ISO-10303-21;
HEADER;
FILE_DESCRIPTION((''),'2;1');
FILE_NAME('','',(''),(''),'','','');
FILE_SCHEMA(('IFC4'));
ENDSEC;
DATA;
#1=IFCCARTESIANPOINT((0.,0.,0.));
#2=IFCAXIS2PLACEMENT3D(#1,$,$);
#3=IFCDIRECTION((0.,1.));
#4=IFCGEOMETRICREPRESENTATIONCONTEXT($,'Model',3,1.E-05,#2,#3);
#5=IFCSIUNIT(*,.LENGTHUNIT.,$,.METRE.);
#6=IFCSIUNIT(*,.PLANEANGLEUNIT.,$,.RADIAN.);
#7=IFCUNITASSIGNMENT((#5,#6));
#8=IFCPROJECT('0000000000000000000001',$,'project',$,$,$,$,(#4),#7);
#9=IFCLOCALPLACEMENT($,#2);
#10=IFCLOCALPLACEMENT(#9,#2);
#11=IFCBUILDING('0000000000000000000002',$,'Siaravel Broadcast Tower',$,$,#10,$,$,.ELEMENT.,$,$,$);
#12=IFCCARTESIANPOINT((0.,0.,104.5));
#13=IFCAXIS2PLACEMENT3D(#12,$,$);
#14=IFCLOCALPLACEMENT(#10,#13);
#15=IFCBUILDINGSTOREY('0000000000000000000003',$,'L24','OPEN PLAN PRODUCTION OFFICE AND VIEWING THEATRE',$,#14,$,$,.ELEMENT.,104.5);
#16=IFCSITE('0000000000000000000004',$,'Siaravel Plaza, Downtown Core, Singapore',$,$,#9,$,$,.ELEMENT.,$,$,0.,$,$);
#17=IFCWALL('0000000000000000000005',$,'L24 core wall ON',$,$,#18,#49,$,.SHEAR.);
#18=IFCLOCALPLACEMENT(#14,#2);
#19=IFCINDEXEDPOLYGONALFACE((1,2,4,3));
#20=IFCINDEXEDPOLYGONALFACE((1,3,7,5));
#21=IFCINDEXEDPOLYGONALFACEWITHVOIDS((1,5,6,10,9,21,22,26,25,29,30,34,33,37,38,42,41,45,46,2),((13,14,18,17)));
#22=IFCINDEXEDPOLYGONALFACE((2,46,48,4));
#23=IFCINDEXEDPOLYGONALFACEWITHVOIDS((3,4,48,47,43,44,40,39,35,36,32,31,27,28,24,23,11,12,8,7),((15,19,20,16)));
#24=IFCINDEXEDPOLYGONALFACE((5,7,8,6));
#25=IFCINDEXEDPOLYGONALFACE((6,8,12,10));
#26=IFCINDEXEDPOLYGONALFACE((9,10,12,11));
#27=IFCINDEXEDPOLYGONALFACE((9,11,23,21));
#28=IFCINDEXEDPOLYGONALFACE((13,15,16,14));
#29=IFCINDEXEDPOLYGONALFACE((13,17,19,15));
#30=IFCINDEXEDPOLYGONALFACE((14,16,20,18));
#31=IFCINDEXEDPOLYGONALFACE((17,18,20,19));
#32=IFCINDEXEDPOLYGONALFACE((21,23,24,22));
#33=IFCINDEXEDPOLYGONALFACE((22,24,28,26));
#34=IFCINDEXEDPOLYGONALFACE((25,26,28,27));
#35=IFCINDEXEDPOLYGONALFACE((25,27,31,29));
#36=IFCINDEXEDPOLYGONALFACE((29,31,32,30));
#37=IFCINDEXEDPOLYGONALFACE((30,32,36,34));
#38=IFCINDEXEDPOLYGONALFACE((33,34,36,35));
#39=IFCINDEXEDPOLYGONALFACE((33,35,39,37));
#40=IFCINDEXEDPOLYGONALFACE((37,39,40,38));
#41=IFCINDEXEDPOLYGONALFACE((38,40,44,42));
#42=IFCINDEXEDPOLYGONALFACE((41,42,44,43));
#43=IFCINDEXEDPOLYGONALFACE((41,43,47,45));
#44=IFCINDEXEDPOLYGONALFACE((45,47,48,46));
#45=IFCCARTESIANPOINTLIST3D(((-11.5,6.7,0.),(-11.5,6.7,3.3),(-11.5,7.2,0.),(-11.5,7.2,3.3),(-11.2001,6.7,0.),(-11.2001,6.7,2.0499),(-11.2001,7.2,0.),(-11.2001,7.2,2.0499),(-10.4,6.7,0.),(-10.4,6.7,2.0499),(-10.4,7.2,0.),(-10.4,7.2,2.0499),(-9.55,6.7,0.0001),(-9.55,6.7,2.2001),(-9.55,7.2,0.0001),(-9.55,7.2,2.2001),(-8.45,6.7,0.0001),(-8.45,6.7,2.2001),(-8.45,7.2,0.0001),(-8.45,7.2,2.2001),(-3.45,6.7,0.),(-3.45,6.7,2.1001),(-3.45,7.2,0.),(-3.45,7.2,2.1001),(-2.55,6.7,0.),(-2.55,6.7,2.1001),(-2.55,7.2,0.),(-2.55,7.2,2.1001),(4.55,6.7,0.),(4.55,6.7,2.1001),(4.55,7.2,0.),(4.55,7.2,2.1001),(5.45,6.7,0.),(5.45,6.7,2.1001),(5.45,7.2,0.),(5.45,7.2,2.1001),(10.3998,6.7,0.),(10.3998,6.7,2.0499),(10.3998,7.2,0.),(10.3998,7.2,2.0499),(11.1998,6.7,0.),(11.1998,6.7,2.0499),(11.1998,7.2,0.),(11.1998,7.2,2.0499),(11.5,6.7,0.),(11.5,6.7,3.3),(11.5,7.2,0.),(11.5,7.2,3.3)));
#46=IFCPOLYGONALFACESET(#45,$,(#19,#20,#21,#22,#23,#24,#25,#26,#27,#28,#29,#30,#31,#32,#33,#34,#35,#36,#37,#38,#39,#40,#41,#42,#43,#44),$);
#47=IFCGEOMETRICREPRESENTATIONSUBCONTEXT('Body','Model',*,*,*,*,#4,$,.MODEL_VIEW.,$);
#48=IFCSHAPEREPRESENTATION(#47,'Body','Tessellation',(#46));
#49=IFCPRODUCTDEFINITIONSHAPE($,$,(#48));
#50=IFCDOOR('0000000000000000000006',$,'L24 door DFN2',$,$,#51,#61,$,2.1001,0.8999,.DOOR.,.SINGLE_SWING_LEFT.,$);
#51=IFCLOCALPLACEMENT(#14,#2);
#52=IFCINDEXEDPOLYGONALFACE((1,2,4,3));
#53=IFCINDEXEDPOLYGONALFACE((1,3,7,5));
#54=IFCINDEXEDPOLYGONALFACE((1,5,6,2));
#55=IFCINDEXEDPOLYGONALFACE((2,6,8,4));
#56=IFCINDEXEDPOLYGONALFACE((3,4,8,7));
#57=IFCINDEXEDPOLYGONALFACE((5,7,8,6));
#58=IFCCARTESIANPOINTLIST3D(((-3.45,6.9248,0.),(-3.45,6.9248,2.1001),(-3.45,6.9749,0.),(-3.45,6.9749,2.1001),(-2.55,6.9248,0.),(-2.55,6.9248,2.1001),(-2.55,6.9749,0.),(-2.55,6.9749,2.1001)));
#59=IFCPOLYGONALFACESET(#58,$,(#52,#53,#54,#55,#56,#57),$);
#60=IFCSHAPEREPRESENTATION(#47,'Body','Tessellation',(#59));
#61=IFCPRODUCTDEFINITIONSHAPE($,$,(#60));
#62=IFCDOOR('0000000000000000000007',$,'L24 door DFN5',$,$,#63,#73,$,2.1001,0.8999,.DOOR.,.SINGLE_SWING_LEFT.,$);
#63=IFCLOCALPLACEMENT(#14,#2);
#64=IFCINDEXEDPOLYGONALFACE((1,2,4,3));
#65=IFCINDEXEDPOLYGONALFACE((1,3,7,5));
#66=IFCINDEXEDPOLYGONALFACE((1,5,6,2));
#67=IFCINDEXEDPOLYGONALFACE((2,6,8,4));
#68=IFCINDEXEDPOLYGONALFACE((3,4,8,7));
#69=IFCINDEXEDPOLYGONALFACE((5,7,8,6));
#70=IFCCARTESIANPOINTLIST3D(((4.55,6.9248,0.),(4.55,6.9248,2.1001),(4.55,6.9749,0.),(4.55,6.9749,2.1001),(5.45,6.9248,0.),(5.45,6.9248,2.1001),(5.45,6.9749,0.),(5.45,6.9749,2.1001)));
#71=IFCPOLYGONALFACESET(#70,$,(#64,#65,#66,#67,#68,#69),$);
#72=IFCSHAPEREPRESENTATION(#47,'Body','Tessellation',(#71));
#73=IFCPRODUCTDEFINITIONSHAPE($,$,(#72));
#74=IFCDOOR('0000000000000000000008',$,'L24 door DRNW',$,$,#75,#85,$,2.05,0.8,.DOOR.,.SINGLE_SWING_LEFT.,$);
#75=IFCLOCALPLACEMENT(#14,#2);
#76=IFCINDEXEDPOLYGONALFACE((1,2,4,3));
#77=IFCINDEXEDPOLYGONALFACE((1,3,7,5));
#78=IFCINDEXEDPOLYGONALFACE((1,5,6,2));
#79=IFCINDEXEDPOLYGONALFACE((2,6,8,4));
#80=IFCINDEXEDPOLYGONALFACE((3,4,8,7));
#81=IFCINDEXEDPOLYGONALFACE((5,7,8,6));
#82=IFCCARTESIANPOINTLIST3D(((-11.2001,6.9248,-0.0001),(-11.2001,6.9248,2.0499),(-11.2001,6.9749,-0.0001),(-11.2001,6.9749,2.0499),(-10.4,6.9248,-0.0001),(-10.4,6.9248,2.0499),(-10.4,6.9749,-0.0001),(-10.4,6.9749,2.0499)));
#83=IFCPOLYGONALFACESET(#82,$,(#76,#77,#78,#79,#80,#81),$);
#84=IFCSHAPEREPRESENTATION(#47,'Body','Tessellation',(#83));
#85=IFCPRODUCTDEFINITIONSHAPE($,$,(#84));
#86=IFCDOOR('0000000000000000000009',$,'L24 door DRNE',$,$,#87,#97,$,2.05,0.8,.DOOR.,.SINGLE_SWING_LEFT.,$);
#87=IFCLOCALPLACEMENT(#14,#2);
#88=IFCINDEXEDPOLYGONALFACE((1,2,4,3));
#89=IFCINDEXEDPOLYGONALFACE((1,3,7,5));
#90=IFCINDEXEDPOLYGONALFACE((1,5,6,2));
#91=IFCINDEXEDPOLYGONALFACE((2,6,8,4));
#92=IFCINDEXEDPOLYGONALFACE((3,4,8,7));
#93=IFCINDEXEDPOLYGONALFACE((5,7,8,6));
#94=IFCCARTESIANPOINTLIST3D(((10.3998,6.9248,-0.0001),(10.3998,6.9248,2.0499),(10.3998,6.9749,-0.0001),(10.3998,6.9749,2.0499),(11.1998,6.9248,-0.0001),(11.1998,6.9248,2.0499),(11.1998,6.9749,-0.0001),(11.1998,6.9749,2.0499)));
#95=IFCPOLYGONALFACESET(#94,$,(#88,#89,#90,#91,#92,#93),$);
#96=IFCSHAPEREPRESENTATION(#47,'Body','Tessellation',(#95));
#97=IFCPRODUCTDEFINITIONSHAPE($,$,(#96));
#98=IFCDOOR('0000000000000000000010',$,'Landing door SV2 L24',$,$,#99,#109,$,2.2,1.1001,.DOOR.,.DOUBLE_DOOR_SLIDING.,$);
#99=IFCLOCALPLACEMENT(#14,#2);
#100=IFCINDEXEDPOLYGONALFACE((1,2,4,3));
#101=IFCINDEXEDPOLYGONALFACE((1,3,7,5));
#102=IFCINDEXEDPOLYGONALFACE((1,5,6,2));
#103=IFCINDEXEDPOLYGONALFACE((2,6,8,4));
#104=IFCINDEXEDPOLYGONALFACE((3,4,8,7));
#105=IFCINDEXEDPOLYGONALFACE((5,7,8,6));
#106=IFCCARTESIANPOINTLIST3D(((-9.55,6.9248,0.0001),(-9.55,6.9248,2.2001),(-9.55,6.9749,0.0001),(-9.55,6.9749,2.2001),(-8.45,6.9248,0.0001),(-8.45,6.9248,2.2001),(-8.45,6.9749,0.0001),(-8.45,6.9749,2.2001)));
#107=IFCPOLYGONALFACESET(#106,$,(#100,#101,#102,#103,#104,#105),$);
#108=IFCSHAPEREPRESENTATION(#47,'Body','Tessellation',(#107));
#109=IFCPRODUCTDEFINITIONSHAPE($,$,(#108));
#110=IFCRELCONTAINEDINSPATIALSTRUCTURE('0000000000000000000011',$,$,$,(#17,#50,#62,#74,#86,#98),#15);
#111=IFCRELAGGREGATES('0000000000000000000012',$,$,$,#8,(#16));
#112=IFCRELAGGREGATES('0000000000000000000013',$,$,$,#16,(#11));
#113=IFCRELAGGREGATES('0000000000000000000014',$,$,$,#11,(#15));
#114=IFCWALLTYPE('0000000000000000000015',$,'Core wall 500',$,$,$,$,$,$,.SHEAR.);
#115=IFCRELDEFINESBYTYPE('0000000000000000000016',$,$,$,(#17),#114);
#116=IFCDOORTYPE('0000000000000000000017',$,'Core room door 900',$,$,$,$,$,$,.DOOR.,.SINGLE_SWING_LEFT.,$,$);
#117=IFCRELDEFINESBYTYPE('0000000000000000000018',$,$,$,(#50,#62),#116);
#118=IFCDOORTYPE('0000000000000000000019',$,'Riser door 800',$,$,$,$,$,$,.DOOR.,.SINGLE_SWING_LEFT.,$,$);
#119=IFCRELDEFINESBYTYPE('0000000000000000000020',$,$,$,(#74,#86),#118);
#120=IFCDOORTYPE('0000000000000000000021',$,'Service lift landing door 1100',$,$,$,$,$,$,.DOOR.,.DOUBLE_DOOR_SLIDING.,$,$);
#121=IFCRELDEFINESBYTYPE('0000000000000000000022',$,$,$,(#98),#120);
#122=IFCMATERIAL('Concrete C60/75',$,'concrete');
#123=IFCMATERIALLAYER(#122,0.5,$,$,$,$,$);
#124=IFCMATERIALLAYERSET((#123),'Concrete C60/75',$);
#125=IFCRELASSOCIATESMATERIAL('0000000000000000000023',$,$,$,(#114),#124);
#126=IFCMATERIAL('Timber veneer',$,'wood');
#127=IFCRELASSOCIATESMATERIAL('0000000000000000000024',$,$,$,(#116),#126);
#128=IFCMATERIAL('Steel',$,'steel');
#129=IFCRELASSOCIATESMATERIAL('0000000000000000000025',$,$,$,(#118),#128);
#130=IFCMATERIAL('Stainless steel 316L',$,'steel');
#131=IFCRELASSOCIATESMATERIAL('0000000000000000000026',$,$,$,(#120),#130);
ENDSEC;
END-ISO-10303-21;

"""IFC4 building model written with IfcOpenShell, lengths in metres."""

from ifc_helpers import new_model, si_unit, direction, frame, frame_2d, origin, place, context, subcontext, project, spatial, rectangle, extrude, material, layer, layer_set, type_object, element, fill, save


model = new_model("IFC4")

# Units and contexts
model_context = context("Model", 3, precision=1e-05, world=origin(), true_north=direction((0.0, 1.0)))
body_context = subcontext(model_context, "Body", "Model", "MODEL_VIEW")
ifc_project = project(units=[si_unit("LENGTHUNIT", "METRE"), si_unit("PLANEANGLEUNIT", "RADIAN")], contexts=[model_context])

# Site, building, storey
site_placement = place(None, origin())
site = spatial("IfcSite", under=ifc_project, at=site_placement, Name="Siaravel Plaza, Downtown Core, Singapore", CompositionType="ELEMENT", RefElevation=0.0)
building_placement = place(site_placement, origin())
building = spatial("IfcBuilding", under=site, at=building_placement, Name="Siaravel Broadcast Tower", CompositionType="ELEMENT")
storey_placement = place(building_placement, frame((0.0, 0.0, 104.5)))
storey = spatial("IfcBuildingStorey", under=building, at=storey_placement, Name="L24", Description="OPEN PLAN PRODUCTION OFFICE AND VIEWING THEATRE", CompositionType="ELEMENT", Elevation=104.5)

# Wall, openings, doors
ifc_material_1 = material(Name="Concrete C60/75", Category="concrete")
ifc_layer_1 = layer(ifc_material_1, 0.5)
ifc_layer_set_1 = layer_set([ifc_layer_1], Name="Concrete C60/75")
wall_type_1 = type_object("IfcWallType", Name="Core wall 500", PredefinedType="SHEAR", material=ifc_layer_set_1)
wall_1_placement = place(storey_placement, frame((-11.5, 6.95, 0.0), z_axis=(0.0, 0.0, 1.0), x_axis=(1.0, 0.0, 0.0)))
wall_1 = element("IfcWall", 1, at=wall_1_placement, inside=storey, type_object=wall_type_1, Name="L24 core wall ON", PredefinedType="SHEAR", context=body_context, shape_type="SweptSolid", body=[
    extrude(rectangle(XDim=23.0, YDim=0.5, at=frame_2d((11.5, 0.0))), origin(), (0.0, 0.0, 1.0), 3.3),
])
opening_1_placement = place(wall_1_placement, frame((1.95, 0.0, 0.0)))
opening_1 = element("IfcOpeningElement", 2, at=opening_1_placement, cuts=wall_1, PredefinedType="OPENING", context=body_context, shape_type="SweptSolid", body=[
    extrude(rectangle(XDim=1.1001, YDim=2.2, at=frame_2d((0.55, 1.1001))), frame((0.0, 0.26, 0.0), z_axis=(0.0, -1.0, 0.0), x_axis=(1.0, 0.0, 0.0)), (0.0, 0.0, 1.0), 0.52),
])
opening_2_placement = place(wall_1_placement, frame((8.05, 0.0, 0.0)))
opening_2 = element("IfcOpeningElement", 3, at=opening_2_placement, cuts=wall_1, PredefinedType="OPENING", context=body_context, shape_type="SweptSolid", body=[
    extrude(rectangle(XDim=0.8999, YDim=2.1001, at=frame_2d((0.45, 1.05))), frame((0.0, 0.26, 0.0), z_axis=(0.0, -1.0, 0.0), x_axis=(1.0, 0.0, 0.0)), (0.0, 0.0, 1.0), 0.52),
])
opening_3_placement = place(wall_1_placement, frame((16.05, 0.0, 0.0)))
opening_3 = element("IfcOpeningElement", 4, at=opening_3_placement, cuts=wall_1, PredefinedType="OPENING", context=body_context, shape_type="SweptSolid", body=[
    extrude(rectangle(XDim=0.8999, YDim=2.1001, at=frame_2d((0.45, 1.05))), frame((0.0, 0.26, 0.0), z_axis=(0.0, -1.0, 0.0), x_axis=(1.0, 0.0, 0.0)), (0.0, 0.0, 1.0), 0.52),
])
opening_4_placement = place(wall_1_placement, frame((0.3, 0.0, 0.0)))
opening_4 = element("IfcOpeningElement", 5, at=opening_4_placement, cuts=wall_1, PredefinedType="OPENING", context=body_context, shape_type="SweptSolid", body=[
    extrude(rectangle(XDim=0.8, YDim=2.05, at=frame_2d((0.3999, 1.0249))), frame((0.0, 0.26, 0.0), z_axis=(0.0, -1.0, 0.0), x_axis=(1.0, 0.0, 0.0)), (0.0, 0.0, 1.0), 0.52),
])
opening_5_placement = place(wall_1_placement, frame((21.8999, 0.0, 0.0)))
opening_5 = element("IfcOpeningElement", 6, at=opening_5_placement, cuts=wall_1, PredefinedType="OPENING", context=body_context, shape_type="SweptSolid", body=[
    extrude(rectangle(XDim=0.8, YDim=2.05, at=frame_2d((0.3999, 1.0249))), frame((0.0, 0.26, 0.0), z_axis=(0.0, -1.0, 0.0), x_axis=(1.0, 0.0, 0.0)), (0.0, 0.0, 1.0), 0.52),
])
ifc_material_2 = material(Name="Timber veneer", Category="wood")
door_type_1 = type_object("IfcDoorType", Name="Core room door 900", OperationType="SINGLE_SWING_LEFT", PredefinedType="DOOR", material=ifc_material_2)
door_1_placement = place(opening_2_placement, origin())
door_1 = element("IfcDoor", 7, at=door_1_placement, inside=storey, type_object=door_type_1, Name="L24 door DFN2", OperationType="SINGLE_SWING_LEFT", OverallHeight=2.1001, OverallWidth=0.8999, PredefinedType="DOOR", context=body_context, shape_type="SweptSolid", body=[
    extrude(rectangle(XDim=0.8999, YDim=2.1001, at=frame_2d((0.45, 1.05))), frame((0.0, 0.0249, 0.0), z_axis=(0.0, -1.0, 0.0), x_axis=(1.0, 0.0, 0.0)), (0.0, 0.0, 1.0), 0.05),
])
fill(opening_2, door_1)
door_2_placement = place(opening_3_placement, origin())
door_2 = element("IfcDoor", 8, at=door_2_placement, inside=storey, type_object=door_type_1, Name="L24 door DFN5", OperationType="SINGLE_SWING_LEFT", OverallHeight=2.1001, OverallWidth=0.8999, PredefinedType="DOOR", context=body_context, shape_type="SweptSolid", body=[
    extrude(rectangle(XDim=0.8999, YDim=2.1001, at=frame_2d((0.45, 1.05))), frame((0.0, 0.0249, 0.0), z_axis=(0.0, -1.0, 0.0), x_axis=(1.0, 0.0, 0.0)), (0.0, 0.0, 1.0), 0.05),
])
fill(opening_3, door_2)
ifc_material_3 = material(Name="Steel", Category="steel")
door_type_2 = type_object("IfcDoorType", Name="Riser door 800", OperationType="SINGLE_SWING_LEFT", PredefinedType="DOOR", material=ifc_material_3)
door_3_placement = place(opening_4_placement, origin())
door_3 = element("IfcDoor", 9, at=door_3_placement, inside=storey, type_object=door_type_2, Name="L24 door DRNW", OperationType="SINGLE_SWING_LEFT", OverallHeight=2.05, OverallWidth=0.8, PredefinedType="DOOR", context=body_context, shape_type="SweptSolid", body=[
    extrude(rectangle(XDim=0.8, YDim=2.05, at=frame_2d((0.3999, 1.0249))), frame((0.0, 0.0249, 0.0), z_axis=(0.0, -1.0, 0.0), x_axis=(1.0, 0.0, 0.0)), (0.0, 0.0, 1.0), 0.05),
])
fill(opening_4, door_3)
door_4_placement = place(opening_5_placement, origin())
door_4 = element("IfcDoor", 10, at=door_4_placement, inside=storey, type_object=door_type_2, Name="L24 door DRNE", OperationType="SINGLE_SWING_LEFT", OverallHeight=2.05, OverallWidth=0.8, PredefinedType="DOOR", context=body_context, shape_type="SweptSolid", body=[
    extrude(rectangle(XDim=0.8, YDim=2.05, at=frame_2d((0.3999, 1.0249))), frame((0.0, 0.0249, 0.0), z_axis=(0.0, -1.0, 0.0), x_axis=(1.0, 0.0, 0.0)), (0.0, 0.0, 1.0), 0.05),
])
fill(opening_5, door_4)
ifc_material_4 = material(Name="Stainless steel 316L", Category="steel")
door_type_3 = type_object("IfcDoorType", Name="Service lift landing door 1100", OperationType="DOUBLE_DOOR_SLIDING", PredefinedType="DOOR", material=ifc_material_4)
door_5_placement = place(opening_1_placement, origin())
door_5 = element("IfcDoor", 11, at=door_5_placement, inside=storey, type_object=door_type_3, Name="Landing door SV2 L24", OperationType="DOUBLE_DOOR_SLIDING", OverallHeight=2.2, OverallWidth=1.1001, PredefinedType="DOOR", context=body_context, shape_type="SweptSolid", body=[
    extrude(rectangle(XDim=1.1001, YDim=2.2, at=frame_2d((0.55, 1.1001))), frame((0.0, 0.0249, 0.0), z_axis=(0.0, -1.0, 0.0), x_axis=(1.0, 0.0, 0.0)), (0.0, 0.0, 1.0), 0.05),
])
fill(opening_1, door_5)

save(model, "model.ifc")
